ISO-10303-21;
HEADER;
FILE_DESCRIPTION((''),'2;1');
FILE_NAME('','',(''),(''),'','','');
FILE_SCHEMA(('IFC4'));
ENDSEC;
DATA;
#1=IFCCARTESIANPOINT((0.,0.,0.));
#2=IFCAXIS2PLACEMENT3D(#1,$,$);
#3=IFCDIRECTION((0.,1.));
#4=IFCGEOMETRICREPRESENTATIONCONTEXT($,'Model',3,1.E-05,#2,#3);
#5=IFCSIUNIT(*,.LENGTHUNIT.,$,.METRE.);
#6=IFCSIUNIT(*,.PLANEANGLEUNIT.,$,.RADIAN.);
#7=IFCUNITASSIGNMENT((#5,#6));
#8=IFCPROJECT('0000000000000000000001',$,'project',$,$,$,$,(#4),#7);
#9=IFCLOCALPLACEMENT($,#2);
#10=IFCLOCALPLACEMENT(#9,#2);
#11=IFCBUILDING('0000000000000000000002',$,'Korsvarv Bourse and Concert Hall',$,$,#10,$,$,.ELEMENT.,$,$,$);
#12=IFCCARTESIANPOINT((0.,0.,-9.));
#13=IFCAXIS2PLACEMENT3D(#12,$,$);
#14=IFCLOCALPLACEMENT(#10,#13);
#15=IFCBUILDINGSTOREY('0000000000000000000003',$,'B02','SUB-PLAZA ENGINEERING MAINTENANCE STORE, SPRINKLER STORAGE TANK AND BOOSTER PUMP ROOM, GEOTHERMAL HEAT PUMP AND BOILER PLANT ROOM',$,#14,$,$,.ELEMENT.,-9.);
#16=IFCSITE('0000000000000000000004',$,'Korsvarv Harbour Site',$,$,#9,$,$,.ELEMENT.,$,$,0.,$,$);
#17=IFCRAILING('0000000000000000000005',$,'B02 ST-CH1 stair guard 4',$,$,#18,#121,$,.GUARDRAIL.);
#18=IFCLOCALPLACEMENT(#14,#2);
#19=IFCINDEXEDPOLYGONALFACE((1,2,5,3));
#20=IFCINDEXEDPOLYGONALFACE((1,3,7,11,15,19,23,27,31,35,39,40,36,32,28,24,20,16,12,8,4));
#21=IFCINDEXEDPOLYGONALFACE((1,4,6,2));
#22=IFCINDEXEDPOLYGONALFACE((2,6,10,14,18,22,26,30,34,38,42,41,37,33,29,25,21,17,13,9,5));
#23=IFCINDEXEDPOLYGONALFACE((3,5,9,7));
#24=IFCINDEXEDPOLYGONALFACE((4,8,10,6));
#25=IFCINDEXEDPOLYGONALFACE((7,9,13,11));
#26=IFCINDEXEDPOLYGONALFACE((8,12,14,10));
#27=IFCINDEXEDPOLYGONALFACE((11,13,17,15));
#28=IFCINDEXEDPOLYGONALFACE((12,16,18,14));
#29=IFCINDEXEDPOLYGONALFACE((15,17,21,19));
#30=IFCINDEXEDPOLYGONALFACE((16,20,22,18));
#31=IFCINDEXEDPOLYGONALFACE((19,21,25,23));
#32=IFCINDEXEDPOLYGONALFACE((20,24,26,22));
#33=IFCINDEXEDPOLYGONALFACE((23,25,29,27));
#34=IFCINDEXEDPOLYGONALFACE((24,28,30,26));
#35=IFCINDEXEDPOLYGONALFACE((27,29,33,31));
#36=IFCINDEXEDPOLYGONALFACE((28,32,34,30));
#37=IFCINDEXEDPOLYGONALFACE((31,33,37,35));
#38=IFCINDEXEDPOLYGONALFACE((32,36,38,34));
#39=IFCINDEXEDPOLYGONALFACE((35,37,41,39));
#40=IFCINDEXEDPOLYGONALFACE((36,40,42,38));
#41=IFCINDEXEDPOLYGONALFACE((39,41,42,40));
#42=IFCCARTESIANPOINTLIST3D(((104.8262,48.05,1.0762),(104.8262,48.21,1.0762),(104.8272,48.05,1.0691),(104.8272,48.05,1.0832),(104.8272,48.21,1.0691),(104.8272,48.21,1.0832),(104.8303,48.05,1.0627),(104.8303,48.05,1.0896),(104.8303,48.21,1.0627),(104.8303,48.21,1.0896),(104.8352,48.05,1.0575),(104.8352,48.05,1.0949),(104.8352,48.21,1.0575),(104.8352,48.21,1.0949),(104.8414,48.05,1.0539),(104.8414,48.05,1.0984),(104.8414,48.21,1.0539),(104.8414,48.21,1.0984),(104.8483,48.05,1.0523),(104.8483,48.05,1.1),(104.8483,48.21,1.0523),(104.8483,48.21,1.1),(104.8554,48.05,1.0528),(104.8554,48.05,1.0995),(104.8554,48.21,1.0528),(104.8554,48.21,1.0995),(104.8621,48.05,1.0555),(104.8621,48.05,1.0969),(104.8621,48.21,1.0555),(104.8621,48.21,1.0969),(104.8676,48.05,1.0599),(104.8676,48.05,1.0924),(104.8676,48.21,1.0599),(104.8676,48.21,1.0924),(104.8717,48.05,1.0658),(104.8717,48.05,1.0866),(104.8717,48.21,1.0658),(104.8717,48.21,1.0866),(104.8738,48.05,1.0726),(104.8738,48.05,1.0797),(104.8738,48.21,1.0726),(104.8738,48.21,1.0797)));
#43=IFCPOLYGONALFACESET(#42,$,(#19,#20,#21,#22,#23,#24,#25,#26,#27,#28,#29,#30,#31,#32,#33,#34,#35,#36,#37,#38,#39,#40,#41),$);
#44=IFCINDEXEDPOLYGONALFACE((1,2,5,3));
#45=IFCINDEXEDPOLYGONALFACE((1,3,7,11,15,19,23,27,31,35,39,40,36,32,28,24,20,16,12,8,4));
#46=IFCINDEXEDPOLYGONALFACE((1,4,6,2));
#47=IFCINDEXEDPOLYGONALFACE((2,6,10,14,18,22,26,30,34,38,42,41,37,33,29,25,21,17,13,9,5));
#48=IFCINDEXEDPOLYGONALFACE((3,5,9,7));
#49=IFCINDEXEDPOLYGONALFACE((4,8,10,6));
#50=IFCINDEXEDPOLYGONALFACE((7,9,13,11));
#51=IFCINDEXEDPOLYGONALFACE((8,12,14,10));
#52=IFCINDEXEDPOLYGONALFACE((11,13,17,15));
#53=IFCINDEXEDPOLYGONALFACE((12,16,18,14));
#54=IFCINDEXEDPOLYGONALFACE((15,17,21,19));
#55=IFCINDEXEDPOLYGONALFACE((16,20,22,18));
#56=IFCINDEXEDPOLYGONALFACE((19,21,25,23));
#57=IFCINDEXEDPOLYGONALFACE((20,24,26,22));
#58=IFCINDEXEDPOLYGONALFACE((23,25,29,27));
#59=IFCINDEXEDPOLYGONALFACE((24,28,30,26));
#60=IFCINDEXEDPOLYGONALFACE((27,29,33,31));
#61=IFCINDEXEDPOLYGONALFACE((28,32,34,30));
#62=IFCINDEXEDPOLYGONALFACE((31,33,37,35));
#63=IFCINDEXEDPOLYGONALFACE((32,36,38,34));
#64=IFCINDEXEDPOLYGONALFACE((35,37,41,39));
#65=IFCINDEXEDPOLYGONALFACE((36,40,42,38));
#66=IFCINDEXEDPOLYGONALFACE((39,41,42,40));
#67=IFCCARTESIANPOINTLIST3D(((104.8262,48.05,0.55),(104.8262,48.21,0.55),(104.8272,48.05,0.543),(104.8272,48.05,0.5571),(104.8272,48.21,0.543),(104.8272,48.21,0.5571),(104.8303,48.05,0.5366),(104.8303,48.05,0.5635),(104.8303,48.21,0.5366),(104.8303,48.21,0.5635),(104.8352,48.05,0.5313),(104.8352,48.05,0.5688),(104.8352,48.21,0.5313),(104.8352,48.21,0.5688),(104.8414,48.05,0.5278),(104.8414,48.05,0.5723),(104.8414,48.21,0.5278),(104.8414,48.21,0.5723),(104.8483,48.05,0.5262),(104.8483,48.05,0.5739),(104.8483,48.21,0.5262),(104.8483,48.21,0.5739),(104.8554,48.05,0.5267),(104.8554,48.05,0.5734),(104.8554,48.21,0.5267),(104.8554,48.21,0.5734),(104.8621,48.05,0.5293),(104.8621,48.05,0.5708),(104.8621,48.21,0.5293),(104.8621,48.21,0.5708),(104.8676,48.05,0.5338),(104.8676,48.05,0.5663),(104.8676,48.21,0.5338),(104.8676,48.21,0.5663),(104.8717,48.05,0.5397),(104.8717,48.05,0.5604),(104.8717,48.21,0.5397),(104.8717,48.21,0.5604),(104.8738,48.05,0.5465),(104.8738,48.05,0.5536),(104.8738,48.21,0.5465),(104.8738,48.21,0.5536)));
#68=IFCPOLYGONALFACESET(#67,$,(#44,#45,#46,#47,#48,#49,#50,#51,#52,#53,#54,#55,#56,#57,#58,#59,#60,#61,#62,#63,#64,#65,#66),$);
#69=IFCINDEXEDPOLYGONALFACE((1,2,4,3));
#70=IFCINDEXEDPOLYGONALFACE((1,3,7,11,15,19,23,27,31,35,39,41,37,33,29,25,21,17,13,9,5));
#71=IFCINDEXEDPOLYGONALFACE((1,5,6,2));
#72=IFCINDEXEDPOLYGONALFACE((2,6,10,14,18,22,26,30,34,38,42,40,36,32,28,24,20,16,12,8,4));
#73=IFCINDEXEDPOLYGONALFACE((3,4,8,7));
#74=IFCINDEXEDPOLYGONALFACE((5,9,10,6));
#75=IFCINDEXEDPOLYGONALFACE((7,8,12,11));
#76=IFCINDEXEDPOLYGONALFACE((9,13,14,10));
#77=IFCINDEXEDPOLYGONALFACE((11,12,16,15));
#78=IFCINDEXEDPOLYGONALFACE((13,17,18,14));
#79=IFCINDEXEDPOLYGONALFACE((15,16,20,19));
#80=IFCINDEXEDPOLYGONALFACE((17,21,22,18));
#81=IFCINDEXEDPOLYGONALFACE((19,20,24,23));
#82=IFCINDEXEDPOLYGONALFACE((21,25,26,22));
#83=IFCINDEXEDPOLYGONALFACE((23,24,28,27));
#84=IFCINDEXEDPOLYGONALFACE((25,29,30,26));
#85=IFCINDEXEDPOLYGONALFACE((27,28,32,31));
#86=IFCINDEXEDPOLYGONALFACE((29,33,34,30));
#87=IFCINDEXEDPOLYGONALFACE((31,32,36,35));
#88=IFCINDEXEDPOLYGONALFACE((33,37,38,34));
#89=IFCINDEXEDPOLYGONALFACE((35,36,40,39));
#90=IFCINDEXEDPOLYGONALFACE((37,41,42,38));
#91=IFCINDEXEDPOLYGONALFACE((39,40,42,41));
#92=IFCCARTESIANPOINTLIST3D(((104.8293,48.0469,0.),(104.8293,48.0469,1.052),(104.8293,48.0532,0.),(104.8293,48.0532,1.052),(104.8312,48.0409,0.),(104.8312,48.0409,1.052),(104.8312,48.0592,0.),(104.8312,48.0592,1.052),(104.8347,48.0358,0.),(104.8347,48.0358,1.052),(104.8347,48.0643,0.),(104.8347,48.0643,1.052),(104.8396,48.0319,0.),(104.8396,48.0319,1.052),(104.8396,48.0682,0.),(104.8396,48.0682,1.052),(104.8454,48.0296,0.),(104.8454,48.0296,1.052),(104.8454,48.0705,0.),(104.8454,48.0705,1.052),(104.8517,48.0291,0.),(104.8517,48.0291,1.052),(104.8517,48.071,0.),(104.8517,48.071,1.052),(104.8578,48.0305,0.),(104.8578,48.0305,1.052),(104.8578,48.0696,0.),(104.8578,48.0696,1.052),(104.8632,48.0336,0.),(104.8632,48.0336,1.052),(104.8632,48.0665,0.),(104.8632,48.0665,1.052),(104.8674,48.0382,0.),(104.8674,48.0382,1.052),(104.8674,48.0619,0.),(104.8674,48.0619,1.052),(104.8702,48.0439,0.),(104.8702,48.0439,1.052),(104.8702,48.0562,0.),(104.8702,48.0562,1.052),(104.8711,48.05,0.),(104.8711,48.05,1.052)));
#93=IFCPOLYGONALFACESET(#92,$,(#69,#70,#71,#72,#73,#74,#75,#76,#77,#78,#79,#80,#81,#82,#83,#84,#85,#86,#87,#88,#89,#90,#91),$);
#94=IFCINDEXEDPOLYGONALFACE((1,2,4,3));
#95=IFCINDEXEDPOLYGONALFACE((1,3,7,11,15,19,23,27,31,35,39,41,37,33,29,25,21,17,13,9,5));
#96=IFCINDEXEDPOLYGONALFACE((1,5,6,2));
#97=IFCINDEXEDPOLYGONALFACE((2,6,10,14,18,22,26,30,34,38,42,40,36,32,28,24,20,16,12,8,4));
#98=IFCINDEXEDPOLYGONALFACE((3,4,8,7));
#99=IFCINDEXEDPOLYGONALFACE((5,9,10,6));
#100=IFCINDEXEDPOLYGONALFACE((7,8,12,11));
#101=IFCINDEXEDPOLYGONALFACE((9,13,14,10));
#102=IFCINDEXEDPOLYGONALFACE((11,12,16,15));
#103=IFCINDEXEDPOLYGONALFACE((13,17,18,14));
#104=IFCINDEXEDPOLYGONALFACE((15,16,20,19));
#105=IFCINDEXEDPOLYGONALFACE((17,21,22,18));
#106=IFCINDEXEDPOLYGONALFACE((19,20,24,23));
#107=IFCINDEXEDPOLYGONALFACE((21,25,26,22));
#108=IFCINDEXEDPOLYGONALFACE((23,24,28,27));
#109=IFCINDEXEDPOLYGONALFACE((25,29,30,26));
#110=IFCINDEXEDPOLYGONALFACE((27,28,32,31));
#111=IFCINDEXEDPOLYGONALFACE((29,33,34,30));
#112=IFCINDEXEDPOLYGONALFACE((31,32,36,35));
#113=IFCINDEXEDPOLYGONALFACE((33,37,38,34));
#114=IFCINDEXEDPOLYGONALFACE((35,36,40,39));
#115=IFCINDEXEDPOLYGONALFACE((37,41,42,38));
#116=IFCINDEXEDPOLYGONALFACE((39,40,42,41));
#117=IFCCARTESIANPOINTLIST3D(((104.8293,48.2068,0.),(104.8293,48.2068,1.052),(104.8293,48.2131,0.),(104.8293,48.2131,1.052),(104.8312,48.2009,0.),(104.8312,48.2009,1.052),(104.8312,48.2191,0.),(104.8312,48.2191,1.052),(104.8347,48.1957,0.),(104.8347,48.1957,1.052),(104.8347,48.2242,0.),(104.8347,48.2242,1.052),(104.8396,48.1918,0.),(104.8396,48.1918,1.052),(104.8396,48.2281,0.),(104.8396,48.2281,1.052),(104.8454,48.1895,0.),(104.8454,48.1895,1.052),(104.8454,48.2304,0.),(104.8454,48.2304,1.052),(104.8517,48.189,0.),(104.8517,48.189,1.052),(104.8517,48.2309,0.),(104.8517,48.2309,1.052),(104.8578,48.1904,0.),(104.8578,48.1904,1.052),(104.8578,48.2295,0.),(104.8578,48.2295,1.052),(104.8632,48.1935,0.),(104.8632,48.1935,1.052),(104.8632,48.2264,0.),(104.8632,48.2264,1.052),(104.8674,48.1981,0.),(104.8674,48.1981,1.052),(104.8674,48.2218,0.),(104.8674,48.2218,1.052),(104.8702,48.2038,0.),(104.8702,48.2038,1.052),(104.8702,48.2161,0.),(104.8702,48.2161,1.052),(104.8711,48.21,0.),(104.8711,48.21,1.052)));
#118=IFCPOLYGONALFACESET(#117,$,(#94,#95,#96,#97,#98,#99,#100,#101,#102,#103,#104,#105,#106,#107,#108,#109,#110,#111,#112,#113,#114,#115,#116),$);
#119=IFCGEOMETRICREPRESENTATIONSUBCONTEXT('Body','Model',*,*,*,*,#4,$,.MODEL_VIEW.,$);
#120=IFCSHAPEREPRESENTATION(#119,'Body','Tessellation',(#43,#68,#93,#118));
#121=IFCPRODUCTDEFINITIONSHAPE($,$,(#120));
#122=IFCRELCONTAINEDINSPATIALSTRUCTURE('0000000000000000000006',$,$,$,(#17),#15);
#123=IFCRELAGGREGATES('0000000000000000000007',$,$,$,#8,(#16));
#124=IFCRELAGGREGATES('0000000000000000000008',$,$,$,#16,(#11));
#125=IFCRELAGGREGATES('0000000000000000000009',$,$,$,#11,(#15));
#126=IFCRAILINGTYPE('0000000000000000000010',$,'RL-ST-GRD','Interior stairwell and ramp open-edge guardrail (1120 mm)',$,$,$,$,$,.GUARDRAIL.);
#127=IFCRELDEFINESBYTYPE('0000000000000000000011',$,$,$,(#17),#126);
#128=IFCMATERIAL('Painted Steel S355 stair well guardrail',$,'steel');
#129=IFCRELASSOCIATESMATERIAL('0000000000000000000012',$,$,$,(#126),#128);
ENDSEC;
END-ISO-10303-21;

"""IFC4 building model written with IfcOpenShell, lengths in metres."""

from ifc_helpers import new_model, si_unit, direction, frame, origin, origin_2d, place, context, subcontext, project, spatial, circle, extrude, material, type_object, element, save


model = new_model("IFC4")

# Units and contexts
model_context = context("Model", 3, precision=1e-05, world=origin(), true_north=direction((0.0, 1.0)))
body_context = subcontext(model_context, "Body", "Model", "MODEL_VIEW")
ifc_project = project(units=[si_unit("LENGTHUNIT", "METRE"), si_unit("PLANEANGLEUNIT", "RADIAN")], contexts=[model_context])

# Site, building, storey
site_placement = place(None, origin())
site = spatial("IfcSite", under=ifc_project, at=site_placement, Name="Korsvarv Harbour Site", CompositionType="ELEMENT", RefElevation=0.0)
building_placement = place(site_placement, origin())
building = spatial("IfcBuilding", under=site, at=building_placement, Name="Korsvarv Bourse and Concert Hall", CompositionType="ELEMENT")
storey_placement = place(building_placement, frame((0.0, 0.0, -9.0)))
storey = spatial("IfcBuildingStorey", under=building, at=storey_placement, Name="B02", Description="SUB-PLAZA ENGINEERING MAINTENANCE STORE, SPRINKLER STORAGE TANK AND BOOSTER PUMP ROOM, GEOTHERMAL HEAT PUMP AND BOILER PLANT ROOM", CompositionType="ELEMENT", Elevation=-9.0)

# Railing
ifc_material_1 = material(Name="Painted Steel S355 stair well guardrail", Category="steel")
railing_type_1 = type_object("IfcRailingType", Name="RL-ST-GRD", Description="Interior stairwell and ramp open-edge guardrail (1120 mm)", PredefinedType="GUARDRAIL", material=ifc_material_1)
railing_1_placement = place(storey_placement, frame((104.8501, 48.05, 0.0)))
element("IfcRailing", 1, at=railing_1_placement, inside=storey, type_object=railing_type_1, Name="B02 ST-CH1 stair guard 4", PredefinedType="GUARDRAIL", context=body_context, shape_type="SweptSolid", body=[
    extrude(circle(Radius=0.0239, at=origin_2d()), frame((0.0, 0.0, 1.0762), z_axis=(0.0, 1.0, 0.0), x_axis=(-1.0, 0.0, 0.0)), (0.0, 0.0, 1.0), 0.1599),
    extrude(circle(Radius=0.0239, at=origin_2d()), frame((0.0, 0.0, 0.55), z_axis=(0.0, 1.0, 0.0), x_axis=(-1.0, 0.0, 0.0)), (0.0, 0.0, 1.0), 0.1599),
    extrude(circle(Radius=0.021, at=origin_2d()), origin(), (0.0, 0.0, 1.0), 1.052),
    extrude(circle(Radius=0.021, at=origin_2d()), frame((0.0, 0.1599, 0.0)), (0.0, 0.0, 1.0), 1.052),
])

save(model, "model.ifc")
